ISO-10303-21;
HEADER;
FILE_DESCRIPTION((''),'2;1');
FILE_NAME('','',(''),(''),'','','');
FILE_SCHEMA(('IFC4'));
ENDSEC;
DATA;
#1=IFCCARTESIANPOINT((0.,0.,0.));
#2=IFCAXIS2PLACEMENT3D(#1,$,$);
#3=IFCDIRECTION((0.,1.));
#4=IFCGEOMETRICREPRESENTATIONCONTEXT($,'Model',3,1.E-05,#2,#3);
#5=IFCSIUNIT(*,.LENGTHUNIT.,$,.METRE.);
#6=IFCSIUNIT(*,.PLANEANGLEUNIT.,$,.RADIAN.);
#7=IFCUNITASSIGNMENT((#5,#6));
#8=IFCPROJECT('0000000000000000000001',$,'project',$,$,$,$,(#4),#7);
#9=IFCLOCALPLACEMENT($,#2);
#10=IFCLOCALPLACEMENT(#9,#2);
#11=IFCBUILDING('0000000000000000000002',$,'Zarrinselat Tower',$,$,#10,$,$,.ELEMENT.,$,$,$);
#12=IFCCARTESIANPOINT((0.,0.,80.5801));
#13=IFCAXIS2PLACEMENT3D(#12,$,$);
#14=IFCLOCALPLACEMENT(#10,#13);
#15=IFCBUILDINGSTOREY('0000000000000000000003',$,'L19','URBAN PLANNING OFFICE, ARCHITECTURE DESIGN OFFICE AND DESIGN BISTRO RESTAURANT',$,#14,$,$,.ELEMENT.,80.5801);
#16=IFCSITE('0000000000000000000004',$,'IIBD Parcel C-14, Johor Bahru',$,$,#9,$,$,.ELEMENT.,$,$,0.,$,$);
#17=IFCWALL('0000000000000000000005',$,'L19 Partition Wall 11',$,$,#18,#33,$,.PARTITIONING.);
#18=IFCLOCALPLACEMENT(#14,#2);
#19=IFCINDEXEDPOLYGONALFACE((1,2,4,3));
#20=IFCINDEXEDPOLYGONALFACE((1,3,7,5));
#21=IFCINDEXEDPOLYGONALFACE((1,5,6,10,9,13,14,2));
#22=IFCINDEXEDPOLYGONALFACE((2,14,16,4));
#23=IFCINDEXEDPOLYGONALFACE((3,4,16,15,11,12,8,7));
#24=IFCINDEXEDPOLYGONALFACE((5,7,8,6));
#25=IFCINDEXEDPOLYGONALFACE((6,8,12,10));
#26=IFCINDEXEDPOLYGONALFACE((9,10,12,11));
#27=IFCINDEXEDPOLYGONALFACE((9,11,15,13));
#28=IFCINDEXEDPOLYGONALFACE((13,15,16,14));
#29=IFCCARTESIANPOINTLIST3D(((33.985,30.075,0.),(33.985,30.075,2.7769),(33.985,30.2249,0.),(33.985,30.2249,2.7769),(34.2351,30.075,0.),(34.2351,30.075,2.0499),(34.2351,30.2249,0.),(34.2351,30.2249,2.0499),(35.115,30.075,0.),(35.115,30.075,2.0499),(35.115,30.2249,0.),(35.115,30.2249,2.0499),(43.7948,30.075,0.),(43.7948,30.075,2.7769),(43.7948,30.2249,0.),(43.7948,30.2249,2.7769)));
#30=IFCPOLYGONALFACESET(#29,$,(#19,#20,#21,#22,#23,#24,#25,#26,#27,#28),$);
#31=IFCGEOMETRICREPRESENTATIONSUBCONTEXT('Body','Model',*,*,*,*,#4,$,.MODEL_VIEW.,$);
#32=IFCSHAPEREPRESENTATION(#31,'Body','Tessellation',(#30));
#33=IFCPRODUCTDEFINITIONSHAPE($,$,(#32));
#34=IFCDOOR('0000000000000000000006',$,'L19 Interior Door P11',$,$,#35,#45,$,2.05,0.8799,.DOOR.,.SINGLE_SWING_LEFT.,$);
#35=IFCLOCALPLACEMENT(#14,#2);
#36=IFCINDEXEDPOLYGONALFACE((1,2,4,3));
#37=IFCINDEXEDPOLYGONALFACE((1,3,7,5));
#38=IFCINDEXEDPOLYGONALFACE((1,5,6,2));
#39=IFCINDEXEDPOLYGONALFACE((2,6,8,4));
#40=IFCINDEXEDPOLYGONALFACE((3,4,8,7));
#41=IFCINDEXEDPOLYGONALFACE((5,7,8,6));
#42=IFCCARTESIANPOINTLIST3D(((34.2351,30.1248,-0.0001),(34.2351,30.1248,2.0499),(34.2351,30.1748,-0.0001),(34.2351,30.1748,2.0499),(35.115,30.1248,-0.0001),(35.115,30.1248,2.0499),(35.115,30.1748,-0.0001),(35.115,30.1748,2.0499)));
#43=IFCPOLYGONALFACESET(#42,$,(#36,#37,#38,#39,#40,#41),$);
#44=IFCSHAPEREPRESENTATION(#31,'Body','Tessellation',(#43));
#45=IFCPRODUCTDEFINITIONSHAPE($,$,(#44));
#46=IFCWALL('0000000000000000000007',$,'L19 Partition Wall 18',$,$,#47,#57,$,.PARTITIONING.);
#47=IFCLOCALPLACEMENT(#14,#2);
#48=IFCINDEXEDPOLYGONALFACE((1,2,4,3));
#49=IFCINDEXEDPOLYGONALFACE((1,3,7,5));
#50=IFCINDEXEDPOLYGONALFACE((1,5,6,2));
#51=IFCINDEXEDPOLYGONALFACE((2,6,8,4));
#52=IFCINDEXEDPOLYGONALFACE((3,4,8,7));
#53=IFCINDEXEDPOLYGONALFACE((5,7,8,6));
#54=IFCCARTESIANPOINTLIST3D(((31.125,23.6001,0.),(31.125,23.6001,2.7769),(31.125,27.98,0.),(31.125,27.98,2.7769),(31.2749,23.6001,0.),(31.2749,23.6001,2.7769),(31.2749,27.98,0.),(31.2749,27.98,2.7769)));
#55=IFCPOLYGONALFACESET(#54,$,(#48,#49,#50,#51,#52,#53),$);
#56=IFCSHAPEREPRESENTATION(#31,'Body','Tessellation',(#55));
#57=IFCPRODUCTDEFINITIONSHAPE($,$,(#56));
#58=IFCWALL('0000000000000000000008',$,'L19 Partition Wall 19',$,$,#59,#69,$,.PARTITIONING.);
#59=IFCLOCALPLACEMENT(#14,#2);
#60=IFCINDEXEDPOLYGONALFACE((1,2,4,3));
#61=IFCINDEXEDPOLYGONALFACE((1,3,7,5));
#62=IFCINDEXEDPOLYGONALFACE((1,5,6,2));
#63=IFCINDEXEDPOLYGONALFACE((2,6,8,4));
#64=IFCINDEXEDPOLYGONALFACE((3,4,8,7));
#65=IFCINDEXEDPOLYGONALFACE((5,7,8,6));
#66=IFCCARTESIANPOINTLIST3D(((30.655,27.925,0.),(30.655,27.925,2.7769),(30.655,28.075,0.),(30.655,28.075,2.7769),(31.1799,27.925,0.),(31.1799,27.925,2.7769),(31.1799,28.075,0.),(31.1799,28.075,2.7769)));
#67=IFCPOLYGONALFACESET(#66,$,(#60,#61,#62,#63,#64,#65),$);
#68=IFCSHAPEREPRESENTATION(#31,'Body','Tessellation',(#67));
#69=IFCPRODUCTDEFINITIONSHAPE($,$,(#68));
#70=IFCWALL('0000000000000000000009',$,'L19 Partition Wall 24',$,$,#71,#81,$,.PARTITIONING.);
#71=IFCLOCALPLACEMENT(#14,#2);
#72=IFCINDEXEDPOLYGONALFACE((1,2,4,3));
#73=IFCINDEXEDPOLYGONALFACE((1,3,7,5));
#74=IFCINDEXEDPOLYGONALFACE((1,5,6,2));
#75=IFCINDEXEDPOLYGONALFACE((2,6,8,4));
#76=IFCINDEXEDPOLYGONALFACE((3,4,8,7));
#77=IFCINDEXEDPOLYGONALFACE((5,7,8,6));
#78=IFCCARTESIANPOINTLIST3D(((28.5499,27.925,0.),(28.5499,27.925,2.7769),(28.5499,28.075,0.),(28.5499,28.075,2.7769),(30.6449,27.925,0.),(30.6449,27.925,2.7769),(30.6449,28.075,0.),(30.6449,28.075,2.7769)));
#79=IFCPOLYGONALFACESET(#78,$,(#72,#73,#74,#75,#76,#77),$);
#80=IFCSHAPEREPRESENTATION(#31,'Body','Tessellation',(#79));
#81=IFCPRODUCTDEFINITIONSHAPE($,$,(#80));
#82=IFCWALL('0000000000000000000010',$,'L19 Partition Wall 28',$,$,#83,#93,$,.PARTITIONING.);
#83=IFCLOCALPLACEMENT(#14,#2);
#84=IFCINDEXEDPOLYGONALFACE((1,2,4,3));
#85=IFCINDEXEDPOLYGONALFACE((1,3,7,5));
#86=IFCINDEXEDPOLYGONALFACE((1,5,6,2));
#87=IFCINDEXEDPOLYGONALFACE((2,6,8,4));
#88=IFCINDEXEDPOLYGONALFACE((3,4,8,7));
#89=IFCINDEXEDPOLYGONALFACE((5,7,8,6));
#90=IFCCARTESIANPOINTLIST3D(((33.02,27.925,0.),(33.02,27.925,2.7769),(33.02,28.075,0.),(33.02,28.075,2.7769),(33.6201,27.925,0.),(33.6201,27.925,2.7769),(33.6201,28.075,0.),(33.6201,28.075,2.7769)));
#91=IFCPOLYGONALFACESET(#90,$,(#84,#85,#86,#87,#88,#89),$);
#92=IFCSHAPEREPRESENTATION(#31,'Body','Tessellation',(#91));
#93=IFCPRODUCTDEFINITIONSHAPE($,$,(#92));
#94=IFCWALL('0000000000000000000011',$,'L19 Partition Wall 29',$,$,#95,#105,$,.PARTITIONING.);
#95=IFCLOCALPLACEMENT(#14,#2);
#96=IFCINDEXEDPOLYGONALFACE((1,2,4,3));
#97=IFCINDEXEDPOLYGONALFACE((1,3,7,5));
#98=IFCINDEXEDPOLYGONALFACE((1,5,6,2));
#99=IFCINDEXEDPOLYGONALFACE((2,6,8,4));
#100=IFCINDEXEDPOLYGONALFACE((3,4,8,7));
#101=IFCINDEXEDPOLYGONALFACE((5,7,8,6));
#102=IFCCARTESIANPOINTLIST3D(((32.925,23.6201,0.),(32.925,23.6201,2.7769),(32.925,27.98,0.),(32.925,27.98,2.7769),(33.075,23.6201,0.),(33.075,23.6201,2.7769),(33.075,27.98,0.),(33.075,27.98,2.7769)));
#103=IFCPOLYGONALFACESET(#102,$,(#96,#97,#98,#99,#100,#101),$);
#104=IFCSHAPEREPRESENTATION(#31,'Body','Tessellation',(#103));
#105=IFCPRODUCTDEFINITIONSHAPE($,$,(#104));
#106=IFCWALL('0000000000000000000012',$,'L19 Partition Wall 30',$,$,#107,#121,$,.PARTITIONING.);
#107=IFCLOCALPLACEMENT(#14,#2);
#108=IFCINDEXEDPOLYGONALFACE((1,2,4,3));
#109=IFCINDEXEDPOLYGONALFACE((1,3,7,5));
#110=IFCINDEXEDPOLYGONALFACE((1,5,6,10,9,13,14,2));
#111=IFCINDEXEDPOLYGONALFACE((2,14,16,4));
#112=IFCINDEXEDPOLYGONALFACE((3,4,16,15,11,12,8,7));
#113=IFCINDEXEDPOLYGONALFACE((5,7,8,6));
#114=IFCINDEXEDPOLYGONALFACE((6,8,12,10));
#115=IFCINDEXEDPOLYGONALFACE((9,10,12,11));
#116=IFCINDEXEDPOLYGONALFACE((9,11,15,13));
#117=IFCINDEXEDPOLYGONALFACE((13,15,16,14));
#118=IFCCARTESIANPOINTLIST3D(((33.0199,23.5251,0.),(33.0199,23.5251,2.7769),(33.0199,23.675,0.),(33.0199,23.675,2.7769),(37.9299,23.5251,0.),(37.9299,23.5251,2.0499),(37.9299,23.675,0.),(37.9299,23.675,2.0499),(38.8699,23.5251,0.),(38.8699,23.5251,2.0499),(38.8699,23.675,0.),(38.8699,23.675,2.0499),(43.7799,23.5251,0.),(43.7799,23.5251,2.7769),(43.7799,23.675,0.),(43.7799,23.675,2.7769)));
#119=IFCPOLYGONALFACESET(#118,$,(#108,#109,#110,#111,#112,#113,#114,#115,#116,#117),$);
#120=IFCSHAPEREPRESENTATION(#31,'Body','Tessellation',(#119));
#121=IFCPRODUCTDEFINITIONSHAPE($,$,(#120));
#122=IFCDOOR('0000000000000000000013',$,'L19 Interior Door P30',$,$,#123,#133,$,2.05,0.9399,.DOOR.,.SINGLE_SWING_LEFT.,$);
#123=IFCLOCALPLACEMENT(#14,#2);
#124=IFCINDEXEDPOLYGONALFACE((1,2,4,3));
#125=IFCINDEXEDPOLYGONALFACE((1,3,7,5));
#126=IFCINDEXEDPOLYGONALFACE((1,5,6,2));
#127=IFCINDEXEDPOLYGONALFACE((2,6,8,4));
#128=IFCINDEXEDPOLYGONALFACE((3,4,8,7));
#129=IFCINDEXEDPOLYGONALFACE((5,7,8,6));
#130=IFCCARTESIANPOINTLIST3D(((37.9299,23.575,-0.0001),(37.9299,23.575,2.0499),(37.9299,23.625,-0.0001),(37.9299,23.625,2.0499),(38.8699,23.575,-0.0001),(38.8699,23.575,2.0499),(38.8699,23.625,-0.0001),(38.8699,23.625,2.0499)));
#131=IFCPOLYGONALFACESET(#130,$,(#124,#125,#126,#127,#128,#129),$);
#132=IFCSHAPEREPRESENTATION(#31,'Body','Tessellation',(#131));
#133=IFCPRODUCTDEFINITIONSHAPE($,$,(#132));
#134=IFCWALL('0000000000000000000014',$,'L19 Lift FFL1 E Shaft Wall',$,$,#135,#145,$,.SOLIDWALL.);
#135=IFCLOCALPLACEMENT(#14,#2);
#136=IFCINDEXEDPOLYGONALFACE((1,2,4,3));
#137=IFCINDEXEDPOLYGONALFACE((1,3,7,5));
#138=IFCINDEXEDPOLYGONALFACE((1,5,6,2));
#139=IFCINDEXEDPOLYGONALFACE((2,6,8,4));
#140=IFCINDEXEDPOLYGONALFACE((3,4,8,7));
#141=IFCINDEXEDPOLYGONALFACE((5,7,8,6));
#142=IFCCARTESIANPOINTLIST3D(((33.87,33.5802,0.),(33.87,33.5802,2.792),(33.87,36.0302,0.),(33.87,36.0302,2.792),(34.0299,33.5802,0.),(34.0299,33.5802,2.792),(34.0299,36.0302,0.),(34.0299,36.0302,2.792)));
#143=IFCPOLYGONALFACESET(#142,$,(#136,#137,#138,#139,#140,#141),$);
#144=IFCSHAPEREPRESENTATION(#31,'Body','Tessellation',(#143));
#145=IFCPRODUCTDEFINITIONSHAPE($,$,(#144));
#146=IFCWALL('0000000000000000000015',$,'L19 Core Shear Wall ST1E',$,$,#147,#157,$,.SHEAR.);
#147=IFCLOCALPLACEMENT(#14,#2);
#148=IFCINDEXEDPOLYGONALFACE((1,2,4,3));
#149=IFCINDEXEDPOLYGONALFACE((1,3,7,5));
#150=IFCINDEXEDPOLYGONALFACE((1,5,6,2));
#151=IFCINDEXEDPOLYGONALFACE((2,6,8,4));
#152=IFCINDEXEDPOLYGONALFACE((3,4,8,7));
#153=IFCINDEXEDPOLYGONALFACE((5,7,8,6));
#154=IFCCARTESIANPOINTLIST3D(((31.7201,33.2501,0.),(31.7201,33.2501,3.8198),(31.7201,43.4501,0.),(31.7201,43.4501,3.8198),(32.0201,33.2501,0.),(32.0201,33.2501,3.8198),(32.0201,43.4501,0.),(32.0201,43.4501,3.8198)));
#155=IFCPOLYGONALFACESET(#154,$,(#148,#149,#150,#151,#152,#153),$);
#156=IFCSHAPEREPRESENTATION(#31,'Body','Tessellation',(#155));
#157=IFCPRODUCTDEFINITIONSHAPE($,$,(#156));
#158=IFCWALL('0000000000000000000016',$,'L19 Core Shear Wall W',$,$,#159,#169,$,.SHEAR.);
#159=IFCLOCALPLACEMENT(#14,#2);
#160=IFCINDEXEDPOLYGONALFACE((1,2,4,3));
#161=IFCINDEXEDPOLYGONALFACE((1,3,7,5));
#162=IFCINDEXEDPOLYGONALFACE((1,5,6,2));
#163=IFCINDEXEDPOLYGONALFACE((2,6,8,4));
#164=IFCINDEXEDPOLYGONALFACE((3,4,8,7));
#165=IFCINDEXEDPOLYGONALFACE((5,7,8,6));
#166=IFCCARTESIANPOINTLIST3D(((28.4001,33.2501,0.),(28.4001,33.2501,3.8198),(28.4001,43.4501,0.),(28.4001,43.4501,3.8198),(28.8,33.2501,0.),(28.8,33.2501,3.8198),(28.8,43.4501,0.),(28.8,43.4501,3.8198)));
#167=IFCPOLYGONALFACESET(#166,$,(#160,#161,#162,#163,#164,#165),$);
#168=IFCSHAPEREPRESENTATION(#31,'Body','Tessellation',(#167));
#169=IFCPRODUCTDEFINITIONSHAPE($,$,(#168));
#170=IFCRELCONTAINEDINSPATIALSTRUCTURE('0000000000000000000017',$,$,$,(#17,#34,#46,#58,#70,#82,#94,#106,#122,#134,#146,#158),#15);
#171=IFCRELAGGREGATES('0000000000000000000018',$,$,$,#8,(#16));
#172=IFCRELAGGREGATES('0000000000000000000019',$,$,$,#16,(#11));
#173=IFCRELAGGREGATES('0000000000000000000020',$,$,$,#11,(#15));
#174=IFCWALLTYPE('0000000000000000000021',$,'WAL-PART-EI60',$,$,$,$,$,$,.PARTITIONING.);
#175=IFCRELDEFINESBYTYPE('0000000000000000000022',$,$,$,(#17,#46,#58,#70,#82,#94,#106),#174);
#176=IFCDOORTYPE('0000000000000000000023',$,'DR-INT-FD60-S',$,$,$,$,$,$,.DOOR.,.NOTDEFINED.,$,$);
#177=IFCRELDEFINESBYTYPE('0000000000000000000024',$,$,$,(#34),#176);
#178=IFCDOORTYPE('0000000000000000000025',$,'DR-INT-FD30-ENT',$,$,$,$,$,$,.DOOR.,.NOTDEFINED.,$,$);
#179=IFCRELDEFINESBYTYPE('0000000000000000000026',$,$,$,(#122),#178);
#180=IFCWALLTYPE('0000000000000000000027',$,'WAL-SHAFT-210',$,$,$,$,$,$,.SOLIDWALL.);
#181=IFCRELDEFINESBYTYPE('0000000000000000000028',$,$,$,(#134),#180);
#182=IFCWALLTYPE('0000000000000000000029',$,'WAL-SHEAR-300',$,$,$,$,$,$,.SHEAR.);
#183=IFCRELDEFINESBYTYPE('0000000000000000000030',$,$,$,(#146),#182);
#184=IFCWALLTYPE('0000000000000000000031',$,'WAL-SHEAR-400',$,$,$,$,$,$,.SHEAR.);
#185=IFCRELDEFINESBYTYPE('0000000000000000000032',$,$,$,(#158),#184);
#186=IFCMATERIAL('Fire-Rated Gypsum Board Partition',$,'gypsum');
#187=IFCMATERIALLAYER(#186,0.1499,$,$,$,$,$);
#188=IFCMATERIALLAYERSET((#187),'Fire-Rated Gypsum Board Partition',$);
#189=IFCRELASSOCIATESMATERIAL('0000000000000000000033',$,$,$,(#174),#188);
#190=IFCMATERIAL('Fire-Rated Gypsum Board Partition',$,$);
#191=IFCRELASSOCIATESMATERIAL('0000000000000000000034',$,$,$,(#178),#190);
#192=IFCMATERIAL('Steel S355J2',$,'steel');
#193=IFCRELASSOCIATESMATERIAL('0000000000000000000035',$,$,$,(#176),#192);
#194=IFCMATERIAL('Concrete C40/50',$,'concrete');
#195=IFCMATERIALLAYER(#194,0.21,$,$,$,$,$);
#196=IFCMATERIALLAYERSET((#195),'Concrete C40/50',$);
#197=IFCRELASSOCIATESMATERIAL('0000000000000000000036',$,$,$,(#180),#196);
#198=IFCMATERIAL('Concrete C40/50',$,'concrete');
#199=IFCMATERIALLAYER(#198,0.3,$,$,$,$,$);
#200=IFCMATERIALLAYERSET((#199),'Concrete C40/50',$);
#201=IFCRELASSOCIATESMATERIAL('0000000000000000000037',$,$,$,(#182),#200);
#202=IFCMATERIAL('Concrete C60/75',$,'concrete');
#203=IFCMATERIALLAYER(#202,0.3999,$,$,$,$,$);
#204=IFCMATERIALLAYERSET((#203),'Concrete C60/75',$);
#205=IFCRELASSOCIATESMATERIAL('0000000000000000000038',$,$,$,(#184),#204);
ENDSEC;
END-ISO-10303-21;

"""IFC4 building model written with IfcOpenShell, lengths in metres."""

from ifc_helpers import new_model, si_unit, direction, frame, frame_2d, origin, place, context, subcontext, project, spatial, rectangle, extrude, material, layer, layer_set, type_object, element, fill, save


model = new_model("IFC4")

# Units and contexts
model_context = context("Model", 3, precision=1e-05, world=origin(), true_north=direction((0.0, 1.0)))
body_context = subcontext(model_context, "Body", "Model", "MODEL_VIEW")
ifc_project = project(units=[si_unit("LENGTHUNIT", "METRE"), si_unit("PLANEANGLEUNIT", "RADIAN")], contexts=[model_context])

# Site, building, storey
site_placement = place(None, origin())
site = spatial("IfcSite", under=ifc_project, at=site_placement, Name="IIBD Parcel C-14, Johor Bahru", CompositionType="ELEMENT", RefElevation=0.0)
building_placement = place(site_placement, origin())
building = spatial("IfcBuilding", under=site, at=building_placement, Name="Zarrinselat Tower", CompositionType="ELEMENT")
storey_placement = place(building_placement, frame((0.0, 0.0, 80.5801)))
storey = spatial("IfcBuildingStorey", under=building, at=storey_placement, Name="L19", Description="URBAN PLANNING OFFICE, ARCHITECTURE DESIGN OFFICE AND DESIGN BISTRO RESTAURANT", CompositionType="ELEMENT", Elevation=80.5801)

# Shared definitions
ifc_material_1 = material(Name="Fire-Rated Gypsum Board Partition", Category="gypsum")
ifc_layer_1 = layer(ifc_material_1, 0.1499)
ifc_layer_set_1 = layer_set([ifc_layer_1], Name="Fire-Rated Gypsum Board Partition")
wall_type_1 = type_object("IfcWallType", Name="WAL-PART-EI60", PredefinedType="PARTITIONING", material=ifc_layer_set_1)
ifc_material_2 = material(Name="Fire-Rated Gypsum Board Partition")
door_type_1 = type_object("IfcDoorType", Name="DR-INT-FD30-ENT", OperationType="NOTDEFINED", PredefinedType="DOOR", material=ifc_material_2)

# Wall, opening, door
wall_1_placement = place(storey_placement, frame((33.9851, 30.1499, 0.0), z_axis=(0.0, 0.0, 1.0), x_axis=(1.0, 0.0, 0.0)))
wall_1 = element("IfcWall", 1, at=wall_1_placement, inside=storey, type_object=wall_type_1, Name="L19 Partition Wall 11", PredefinedType="PARTITIONING", context=body_context, shape_type="SweptSolid", body=[
    extrude(rectangle(XDim=9.8098, YDim=0.1499, at=frame_2d((4.9048, 0.0))), origin(), (0.0, 0.0, 1.0), 2.7769),
])
opening_1_placement = place(wall_1_placement, frame((0.25, 0.0, 0.0)))
opening_1 = element("IfcOpeningElement", 2, at=opening_1_placement, cuts=wall_1, PredefinedType="OPENING", context=body_context, shape_type="SweptSolid", body=[
    extrude(rectangle(XDim=0.8799, YDim=2.05, at=frame_2d((0.4399, 1.0249))), frame((0.0, 0.085, 0.0), z_axis=(0.0, -1.0, 0.0), x_axis=(1.0, 0.0, 0.0)), (0.0, 0.0, 1.0), 0.1699),
])
ifc_material_3 = material(Name="Steel S355J2", Category="steel")
door_type_2 = type_object("IfcDoorType", Name="DR-INT-FD60-S", OperationType="NOTDEFINED", PredefinedType="DOOR", material=ifc_material_3)
door_1_placement = place(opening_1_placement, origin())
door_1 = element("IfcDoor", 3, at=door_1_placement, inside=storey, type_object=door_type_2, Name="L19 Interior Door P11", OperationType="SINGLE_SWING_LEFT", OverallHeight=2.05, OverallWidth=0.8799, PredefinedType="DOOR", context=body_context, shape_type="SweptSolid", body=[
    extrude(rectangle(XDim=0.8799, YDim=2.05, at=frame_2d((0.4399, 1.0249))), frame((0.0, 0.0249, 0.0), z_axis=(0.0, -1.0, 0.0), x_axis=(1.0, 0.0, 0.0)), (0.0, 0.0, 1.0), 0.05),
])
fill(opening_1, door_1)

# Walls
wall_2_placement = place(storey_placement, frame((31.2, 23.6001, 0.0), z_axis=(0.0, 0.0, 1.0), x_axis=(0.0, 1.0, 0.0)))
element("IfcWall", 4, at=wall_2_placement, inside=storey, type_object=wall_type_1, Name="L19 Partition Wall 18", PredefinedType="PARTITIONING", context=body_context, shape_type="SweptSolid", body=[
    extrude(rectangle(XDim=4.3799, YDim=0.1499, at=frame_2d((2.1899, 0.0))), origin(), (0.0, 0.0, 1.0), 2.7769),
])
wall_3_placement = place(storey_placement, frame((30.655, 28.0, 0.0), z_axis=(0.0, 0.0, 1.0), x_axis=(1.0, 0.0, 0.0)))
element("IfcWall", 5, at=wall_3_placement, inside=storey, type_object=wall_type_1, Name="L19 Partition Wall 19", PredefinedType="PARTITIONING", context=body_context, shape_type="SweptSolid", body=[
    extrude(rectangle(XDim=0.5249, YDim=0.1499, at=frame_2d((0.2625, 0.0))), origin(), (0.0, 0.0, 1.0), 2.7769),
])
wall_4_placement = place(storey_placement, frame((28.55, 28.0, 0.0), z_axis=(0.0, 0.0, 1.0), x_axis=(1.0, 0.0, 0.0)))
element("IfcWall", 6, at=wall_4_placement, inside=storey, type_object=wall_type_1, Name="L19 Partition Wall 24", PredefinedType="PARTITIONING", context=body_context, shape_type="SweptSolid", body=[
    extrude(rectangle(XDim=2.095, YDim=0.1499, at=frame_2d((1.0474, 0.0))), origin(), (0.0, 0.0, 1.0), 2.7769),
])
wall_5_placement = place(storey_placement, frame((33.02, 28.0, 0.0), z_axis=(0.0, 0.0, 1.0), x_axis=(1.0, 0.0, 0.0)))
element("IfcWall", 7, at=wall_5_placement, inside=storey, type_object=wall_type_1, Name="L19 Partition Wall 28", PredefinedType="PARTITIONING", context=body_context, shape_type="SweptSolid", body=[
    extrude(rectangle(XDim=0.6001, YDim=0.1499, at=frame_2d((0.3, 0.0))), origin(), (0.0, 0.0, 1.0), 2.7769),
])
wall_6_placement = place(storey_placement, frame((33.0, 23.6201, 0.0), z_axis=(0.0, 0.0, 1.0), x_axis=(0.0, 1.0, 0.0)))
element("IfcWall", 8, at=wall_6_placement, inside=storey, type_object=wall_type_1, Name="L19 Partition Wall 29", PredefinedType="PARTITIONING", context=body_context, shape_type="SweptSolid", body=[
    extrude(rectangle(XDim=4.3599, YDim=0.1499, at=frame_2d((2.1799, 0.0))), origin(), (0.0, 0.0, 1.0), 2.7769),
])

# Wall, opening, door
wall_7_placement = place(storey_placement, frame((33.02, 23.6001, 0.0), z_axis=(0.0, 0.0, 1.0), x_axis=(1.0, 0.0, 0.0)))
wall_7 = element("IfcWall", 9, at=wall_7_placement, inside=storey, type_object=wall_type_1, Name="L19 Partition Wall 30", PredefinedType="PARTITIONING", context=body_context, shape_type="SweptSolid", body=[
    extrude(rectangle(XDim=10.76, YDim=0.1499, at=frame_2d((5.3799, 0.0))), origin(), (0.0, 0.0, 1.0), 2.7769),
])
opening_2_placement = place(wall_7_placement, frame((4.9099, 0.0, 0.0)))
opening_2 = element("IfcOpeningElement", 10, at=opening_2_placement, cuts=wall_7, PredefinedType="OPENING", context=body_context, shape_type="SweptSolid", body=[
    extrude(rectangle(XDim=0.9399, YDim=2.05, at=frame_2d((0.47, 1.0249))), frame((0.0, 0.085, 0.0), z_axis=(0.0, -1.0, 0.0), x_axis=(1.0, 0.0, 0.0)), (0.0, 0.0, 1.0), 0.1699),
])
door_2_placement = place(opening_2_placement, origin())
door_2 = element("IfcDoor", 11, at=door_2_placement, inside=storey, type_object=door_type_1, Name="L19 Interior Door P30", OperationType="SINGLE_SWING_LEFT", OverallHeight=2.05, OverallWidth=0.9399, PredefinedType="DOOR", context=body_context, shape_type="SweptSolid", body=[
    extrude(rectangle(XDim=0.9399, YDim=2.05, at=frame_2d((0.47, 1.0249))), frame((0.0, 0.0249, 0.0), z_axis=(0.0, -1.0, 0.0), x_axis=(1.0, 0.0, 0.0)), (0.0, 0.0, 1.0), 0.05),
])
fill(opening_2, door_2)

# Walls
ifc_material_4 = material(Name="Concrete C40/50", Category="concrete")
ifc_layer_2 = layer(ifc_material_4, 0.21)
ifc_layer_set_2 = layer_set([ifc_layer_2], Name="Concrete C40/50")
wall_type_2 = type_object("IfcWallType", Name="WAL-SHAFT-210", PredefinedType="SOLIDWALL", material=ifc_layer_set_2)
wall_8_placement = place(storey_placement, frame((33.95, 33.5801, 0.0), z_axis=(0.0, 0.0, 1.0), x_axis=(0.0, 1.0, 0.0)))
element("IfcWall", 12, at=wall_8_placement, inside=storey, type_object=wall_type_2, Name="L19 Lift FFL1 E Shaft Wall", PredefinedType="SOLIDWALL", context=body_context, shape_type="SweptSolid", body=[
    extrude(rectangle(XDim=2.45, YDim=0.1599, at=frame_2d((1.2251, 0.0))), origin(), (0.0, 0.0, 1.0), 2.792),
])
ifc_material_5 = material(Name="Concrete C40/50", Category="concrete")
ifc_layer_3 = layer(ifc_material_5, 0.3)
ifc_layer_set_3 = layer_set([ifc_layer_3], Name="Concrete C40/50")
wall_type_3 = type_object("IfcWallType", Name="WAL-SHEAR-300", PredefinedType="SHEAR", material=ifc_layer_set_3)
wall_9_placement = place(storey_placement, frame((31.8701, 33.25, 0.0), z_axis=(0.0, 0.0, 1.0), x_axis=(0.0, 1.0, 0.0)))
element("IfcWall", 13, at=wall_9_placement, inside=storey, type_object=wall_type_3, Name="L19 Core Shear Wall ST1E", PredefinedType="SHEAR", context=body_context, shape_type="SweptSolid", body=[
    extrude(rectangle(XDim=10.2, YDim=0.3, at=frame_2d((5.1001, 0.0))), origin(), (0.0, 0.0, 1.0), 3.8198),
])

# Shared definitions
ifc_material_6 = material(Name="Concrete C60/75", Category="concrete")
ifc_layer_4 = layer(ifc_material_6, 0.3999)
ifc_layer_set_4 = layer_set([ifc_layer_4], Name="Concrete C60/75")
wall_type_4 = type_object("IfcWallType", Name="WAL-SHEAR-400", PredefinedType="SHEAR", material=ifc_layer_set_4)

# Wall
wall_10_placement = place(storey_placement, frame((28.6001, 33.25, 0.0), z_axis=(0.0, 0.0, 1.0), x_axis=(0.0, 1.0, 0.0)))
element("IfcWall", 14, at=wall_10_placement, inside=storey, type_object=wall_type_4, Name="L19 Core Shear Wall W", PredefinedType="SHEAR", context=body_context, shape_type="SweptSolid", body=[
    extrude(rectangle(XDim=10.2, YDim=0.3999, at=frame_2d((5.1001, 0.0))), origin(), (0.0, 0.0, 1.0), 3.8198),
])

save(model, "model.ifc")
